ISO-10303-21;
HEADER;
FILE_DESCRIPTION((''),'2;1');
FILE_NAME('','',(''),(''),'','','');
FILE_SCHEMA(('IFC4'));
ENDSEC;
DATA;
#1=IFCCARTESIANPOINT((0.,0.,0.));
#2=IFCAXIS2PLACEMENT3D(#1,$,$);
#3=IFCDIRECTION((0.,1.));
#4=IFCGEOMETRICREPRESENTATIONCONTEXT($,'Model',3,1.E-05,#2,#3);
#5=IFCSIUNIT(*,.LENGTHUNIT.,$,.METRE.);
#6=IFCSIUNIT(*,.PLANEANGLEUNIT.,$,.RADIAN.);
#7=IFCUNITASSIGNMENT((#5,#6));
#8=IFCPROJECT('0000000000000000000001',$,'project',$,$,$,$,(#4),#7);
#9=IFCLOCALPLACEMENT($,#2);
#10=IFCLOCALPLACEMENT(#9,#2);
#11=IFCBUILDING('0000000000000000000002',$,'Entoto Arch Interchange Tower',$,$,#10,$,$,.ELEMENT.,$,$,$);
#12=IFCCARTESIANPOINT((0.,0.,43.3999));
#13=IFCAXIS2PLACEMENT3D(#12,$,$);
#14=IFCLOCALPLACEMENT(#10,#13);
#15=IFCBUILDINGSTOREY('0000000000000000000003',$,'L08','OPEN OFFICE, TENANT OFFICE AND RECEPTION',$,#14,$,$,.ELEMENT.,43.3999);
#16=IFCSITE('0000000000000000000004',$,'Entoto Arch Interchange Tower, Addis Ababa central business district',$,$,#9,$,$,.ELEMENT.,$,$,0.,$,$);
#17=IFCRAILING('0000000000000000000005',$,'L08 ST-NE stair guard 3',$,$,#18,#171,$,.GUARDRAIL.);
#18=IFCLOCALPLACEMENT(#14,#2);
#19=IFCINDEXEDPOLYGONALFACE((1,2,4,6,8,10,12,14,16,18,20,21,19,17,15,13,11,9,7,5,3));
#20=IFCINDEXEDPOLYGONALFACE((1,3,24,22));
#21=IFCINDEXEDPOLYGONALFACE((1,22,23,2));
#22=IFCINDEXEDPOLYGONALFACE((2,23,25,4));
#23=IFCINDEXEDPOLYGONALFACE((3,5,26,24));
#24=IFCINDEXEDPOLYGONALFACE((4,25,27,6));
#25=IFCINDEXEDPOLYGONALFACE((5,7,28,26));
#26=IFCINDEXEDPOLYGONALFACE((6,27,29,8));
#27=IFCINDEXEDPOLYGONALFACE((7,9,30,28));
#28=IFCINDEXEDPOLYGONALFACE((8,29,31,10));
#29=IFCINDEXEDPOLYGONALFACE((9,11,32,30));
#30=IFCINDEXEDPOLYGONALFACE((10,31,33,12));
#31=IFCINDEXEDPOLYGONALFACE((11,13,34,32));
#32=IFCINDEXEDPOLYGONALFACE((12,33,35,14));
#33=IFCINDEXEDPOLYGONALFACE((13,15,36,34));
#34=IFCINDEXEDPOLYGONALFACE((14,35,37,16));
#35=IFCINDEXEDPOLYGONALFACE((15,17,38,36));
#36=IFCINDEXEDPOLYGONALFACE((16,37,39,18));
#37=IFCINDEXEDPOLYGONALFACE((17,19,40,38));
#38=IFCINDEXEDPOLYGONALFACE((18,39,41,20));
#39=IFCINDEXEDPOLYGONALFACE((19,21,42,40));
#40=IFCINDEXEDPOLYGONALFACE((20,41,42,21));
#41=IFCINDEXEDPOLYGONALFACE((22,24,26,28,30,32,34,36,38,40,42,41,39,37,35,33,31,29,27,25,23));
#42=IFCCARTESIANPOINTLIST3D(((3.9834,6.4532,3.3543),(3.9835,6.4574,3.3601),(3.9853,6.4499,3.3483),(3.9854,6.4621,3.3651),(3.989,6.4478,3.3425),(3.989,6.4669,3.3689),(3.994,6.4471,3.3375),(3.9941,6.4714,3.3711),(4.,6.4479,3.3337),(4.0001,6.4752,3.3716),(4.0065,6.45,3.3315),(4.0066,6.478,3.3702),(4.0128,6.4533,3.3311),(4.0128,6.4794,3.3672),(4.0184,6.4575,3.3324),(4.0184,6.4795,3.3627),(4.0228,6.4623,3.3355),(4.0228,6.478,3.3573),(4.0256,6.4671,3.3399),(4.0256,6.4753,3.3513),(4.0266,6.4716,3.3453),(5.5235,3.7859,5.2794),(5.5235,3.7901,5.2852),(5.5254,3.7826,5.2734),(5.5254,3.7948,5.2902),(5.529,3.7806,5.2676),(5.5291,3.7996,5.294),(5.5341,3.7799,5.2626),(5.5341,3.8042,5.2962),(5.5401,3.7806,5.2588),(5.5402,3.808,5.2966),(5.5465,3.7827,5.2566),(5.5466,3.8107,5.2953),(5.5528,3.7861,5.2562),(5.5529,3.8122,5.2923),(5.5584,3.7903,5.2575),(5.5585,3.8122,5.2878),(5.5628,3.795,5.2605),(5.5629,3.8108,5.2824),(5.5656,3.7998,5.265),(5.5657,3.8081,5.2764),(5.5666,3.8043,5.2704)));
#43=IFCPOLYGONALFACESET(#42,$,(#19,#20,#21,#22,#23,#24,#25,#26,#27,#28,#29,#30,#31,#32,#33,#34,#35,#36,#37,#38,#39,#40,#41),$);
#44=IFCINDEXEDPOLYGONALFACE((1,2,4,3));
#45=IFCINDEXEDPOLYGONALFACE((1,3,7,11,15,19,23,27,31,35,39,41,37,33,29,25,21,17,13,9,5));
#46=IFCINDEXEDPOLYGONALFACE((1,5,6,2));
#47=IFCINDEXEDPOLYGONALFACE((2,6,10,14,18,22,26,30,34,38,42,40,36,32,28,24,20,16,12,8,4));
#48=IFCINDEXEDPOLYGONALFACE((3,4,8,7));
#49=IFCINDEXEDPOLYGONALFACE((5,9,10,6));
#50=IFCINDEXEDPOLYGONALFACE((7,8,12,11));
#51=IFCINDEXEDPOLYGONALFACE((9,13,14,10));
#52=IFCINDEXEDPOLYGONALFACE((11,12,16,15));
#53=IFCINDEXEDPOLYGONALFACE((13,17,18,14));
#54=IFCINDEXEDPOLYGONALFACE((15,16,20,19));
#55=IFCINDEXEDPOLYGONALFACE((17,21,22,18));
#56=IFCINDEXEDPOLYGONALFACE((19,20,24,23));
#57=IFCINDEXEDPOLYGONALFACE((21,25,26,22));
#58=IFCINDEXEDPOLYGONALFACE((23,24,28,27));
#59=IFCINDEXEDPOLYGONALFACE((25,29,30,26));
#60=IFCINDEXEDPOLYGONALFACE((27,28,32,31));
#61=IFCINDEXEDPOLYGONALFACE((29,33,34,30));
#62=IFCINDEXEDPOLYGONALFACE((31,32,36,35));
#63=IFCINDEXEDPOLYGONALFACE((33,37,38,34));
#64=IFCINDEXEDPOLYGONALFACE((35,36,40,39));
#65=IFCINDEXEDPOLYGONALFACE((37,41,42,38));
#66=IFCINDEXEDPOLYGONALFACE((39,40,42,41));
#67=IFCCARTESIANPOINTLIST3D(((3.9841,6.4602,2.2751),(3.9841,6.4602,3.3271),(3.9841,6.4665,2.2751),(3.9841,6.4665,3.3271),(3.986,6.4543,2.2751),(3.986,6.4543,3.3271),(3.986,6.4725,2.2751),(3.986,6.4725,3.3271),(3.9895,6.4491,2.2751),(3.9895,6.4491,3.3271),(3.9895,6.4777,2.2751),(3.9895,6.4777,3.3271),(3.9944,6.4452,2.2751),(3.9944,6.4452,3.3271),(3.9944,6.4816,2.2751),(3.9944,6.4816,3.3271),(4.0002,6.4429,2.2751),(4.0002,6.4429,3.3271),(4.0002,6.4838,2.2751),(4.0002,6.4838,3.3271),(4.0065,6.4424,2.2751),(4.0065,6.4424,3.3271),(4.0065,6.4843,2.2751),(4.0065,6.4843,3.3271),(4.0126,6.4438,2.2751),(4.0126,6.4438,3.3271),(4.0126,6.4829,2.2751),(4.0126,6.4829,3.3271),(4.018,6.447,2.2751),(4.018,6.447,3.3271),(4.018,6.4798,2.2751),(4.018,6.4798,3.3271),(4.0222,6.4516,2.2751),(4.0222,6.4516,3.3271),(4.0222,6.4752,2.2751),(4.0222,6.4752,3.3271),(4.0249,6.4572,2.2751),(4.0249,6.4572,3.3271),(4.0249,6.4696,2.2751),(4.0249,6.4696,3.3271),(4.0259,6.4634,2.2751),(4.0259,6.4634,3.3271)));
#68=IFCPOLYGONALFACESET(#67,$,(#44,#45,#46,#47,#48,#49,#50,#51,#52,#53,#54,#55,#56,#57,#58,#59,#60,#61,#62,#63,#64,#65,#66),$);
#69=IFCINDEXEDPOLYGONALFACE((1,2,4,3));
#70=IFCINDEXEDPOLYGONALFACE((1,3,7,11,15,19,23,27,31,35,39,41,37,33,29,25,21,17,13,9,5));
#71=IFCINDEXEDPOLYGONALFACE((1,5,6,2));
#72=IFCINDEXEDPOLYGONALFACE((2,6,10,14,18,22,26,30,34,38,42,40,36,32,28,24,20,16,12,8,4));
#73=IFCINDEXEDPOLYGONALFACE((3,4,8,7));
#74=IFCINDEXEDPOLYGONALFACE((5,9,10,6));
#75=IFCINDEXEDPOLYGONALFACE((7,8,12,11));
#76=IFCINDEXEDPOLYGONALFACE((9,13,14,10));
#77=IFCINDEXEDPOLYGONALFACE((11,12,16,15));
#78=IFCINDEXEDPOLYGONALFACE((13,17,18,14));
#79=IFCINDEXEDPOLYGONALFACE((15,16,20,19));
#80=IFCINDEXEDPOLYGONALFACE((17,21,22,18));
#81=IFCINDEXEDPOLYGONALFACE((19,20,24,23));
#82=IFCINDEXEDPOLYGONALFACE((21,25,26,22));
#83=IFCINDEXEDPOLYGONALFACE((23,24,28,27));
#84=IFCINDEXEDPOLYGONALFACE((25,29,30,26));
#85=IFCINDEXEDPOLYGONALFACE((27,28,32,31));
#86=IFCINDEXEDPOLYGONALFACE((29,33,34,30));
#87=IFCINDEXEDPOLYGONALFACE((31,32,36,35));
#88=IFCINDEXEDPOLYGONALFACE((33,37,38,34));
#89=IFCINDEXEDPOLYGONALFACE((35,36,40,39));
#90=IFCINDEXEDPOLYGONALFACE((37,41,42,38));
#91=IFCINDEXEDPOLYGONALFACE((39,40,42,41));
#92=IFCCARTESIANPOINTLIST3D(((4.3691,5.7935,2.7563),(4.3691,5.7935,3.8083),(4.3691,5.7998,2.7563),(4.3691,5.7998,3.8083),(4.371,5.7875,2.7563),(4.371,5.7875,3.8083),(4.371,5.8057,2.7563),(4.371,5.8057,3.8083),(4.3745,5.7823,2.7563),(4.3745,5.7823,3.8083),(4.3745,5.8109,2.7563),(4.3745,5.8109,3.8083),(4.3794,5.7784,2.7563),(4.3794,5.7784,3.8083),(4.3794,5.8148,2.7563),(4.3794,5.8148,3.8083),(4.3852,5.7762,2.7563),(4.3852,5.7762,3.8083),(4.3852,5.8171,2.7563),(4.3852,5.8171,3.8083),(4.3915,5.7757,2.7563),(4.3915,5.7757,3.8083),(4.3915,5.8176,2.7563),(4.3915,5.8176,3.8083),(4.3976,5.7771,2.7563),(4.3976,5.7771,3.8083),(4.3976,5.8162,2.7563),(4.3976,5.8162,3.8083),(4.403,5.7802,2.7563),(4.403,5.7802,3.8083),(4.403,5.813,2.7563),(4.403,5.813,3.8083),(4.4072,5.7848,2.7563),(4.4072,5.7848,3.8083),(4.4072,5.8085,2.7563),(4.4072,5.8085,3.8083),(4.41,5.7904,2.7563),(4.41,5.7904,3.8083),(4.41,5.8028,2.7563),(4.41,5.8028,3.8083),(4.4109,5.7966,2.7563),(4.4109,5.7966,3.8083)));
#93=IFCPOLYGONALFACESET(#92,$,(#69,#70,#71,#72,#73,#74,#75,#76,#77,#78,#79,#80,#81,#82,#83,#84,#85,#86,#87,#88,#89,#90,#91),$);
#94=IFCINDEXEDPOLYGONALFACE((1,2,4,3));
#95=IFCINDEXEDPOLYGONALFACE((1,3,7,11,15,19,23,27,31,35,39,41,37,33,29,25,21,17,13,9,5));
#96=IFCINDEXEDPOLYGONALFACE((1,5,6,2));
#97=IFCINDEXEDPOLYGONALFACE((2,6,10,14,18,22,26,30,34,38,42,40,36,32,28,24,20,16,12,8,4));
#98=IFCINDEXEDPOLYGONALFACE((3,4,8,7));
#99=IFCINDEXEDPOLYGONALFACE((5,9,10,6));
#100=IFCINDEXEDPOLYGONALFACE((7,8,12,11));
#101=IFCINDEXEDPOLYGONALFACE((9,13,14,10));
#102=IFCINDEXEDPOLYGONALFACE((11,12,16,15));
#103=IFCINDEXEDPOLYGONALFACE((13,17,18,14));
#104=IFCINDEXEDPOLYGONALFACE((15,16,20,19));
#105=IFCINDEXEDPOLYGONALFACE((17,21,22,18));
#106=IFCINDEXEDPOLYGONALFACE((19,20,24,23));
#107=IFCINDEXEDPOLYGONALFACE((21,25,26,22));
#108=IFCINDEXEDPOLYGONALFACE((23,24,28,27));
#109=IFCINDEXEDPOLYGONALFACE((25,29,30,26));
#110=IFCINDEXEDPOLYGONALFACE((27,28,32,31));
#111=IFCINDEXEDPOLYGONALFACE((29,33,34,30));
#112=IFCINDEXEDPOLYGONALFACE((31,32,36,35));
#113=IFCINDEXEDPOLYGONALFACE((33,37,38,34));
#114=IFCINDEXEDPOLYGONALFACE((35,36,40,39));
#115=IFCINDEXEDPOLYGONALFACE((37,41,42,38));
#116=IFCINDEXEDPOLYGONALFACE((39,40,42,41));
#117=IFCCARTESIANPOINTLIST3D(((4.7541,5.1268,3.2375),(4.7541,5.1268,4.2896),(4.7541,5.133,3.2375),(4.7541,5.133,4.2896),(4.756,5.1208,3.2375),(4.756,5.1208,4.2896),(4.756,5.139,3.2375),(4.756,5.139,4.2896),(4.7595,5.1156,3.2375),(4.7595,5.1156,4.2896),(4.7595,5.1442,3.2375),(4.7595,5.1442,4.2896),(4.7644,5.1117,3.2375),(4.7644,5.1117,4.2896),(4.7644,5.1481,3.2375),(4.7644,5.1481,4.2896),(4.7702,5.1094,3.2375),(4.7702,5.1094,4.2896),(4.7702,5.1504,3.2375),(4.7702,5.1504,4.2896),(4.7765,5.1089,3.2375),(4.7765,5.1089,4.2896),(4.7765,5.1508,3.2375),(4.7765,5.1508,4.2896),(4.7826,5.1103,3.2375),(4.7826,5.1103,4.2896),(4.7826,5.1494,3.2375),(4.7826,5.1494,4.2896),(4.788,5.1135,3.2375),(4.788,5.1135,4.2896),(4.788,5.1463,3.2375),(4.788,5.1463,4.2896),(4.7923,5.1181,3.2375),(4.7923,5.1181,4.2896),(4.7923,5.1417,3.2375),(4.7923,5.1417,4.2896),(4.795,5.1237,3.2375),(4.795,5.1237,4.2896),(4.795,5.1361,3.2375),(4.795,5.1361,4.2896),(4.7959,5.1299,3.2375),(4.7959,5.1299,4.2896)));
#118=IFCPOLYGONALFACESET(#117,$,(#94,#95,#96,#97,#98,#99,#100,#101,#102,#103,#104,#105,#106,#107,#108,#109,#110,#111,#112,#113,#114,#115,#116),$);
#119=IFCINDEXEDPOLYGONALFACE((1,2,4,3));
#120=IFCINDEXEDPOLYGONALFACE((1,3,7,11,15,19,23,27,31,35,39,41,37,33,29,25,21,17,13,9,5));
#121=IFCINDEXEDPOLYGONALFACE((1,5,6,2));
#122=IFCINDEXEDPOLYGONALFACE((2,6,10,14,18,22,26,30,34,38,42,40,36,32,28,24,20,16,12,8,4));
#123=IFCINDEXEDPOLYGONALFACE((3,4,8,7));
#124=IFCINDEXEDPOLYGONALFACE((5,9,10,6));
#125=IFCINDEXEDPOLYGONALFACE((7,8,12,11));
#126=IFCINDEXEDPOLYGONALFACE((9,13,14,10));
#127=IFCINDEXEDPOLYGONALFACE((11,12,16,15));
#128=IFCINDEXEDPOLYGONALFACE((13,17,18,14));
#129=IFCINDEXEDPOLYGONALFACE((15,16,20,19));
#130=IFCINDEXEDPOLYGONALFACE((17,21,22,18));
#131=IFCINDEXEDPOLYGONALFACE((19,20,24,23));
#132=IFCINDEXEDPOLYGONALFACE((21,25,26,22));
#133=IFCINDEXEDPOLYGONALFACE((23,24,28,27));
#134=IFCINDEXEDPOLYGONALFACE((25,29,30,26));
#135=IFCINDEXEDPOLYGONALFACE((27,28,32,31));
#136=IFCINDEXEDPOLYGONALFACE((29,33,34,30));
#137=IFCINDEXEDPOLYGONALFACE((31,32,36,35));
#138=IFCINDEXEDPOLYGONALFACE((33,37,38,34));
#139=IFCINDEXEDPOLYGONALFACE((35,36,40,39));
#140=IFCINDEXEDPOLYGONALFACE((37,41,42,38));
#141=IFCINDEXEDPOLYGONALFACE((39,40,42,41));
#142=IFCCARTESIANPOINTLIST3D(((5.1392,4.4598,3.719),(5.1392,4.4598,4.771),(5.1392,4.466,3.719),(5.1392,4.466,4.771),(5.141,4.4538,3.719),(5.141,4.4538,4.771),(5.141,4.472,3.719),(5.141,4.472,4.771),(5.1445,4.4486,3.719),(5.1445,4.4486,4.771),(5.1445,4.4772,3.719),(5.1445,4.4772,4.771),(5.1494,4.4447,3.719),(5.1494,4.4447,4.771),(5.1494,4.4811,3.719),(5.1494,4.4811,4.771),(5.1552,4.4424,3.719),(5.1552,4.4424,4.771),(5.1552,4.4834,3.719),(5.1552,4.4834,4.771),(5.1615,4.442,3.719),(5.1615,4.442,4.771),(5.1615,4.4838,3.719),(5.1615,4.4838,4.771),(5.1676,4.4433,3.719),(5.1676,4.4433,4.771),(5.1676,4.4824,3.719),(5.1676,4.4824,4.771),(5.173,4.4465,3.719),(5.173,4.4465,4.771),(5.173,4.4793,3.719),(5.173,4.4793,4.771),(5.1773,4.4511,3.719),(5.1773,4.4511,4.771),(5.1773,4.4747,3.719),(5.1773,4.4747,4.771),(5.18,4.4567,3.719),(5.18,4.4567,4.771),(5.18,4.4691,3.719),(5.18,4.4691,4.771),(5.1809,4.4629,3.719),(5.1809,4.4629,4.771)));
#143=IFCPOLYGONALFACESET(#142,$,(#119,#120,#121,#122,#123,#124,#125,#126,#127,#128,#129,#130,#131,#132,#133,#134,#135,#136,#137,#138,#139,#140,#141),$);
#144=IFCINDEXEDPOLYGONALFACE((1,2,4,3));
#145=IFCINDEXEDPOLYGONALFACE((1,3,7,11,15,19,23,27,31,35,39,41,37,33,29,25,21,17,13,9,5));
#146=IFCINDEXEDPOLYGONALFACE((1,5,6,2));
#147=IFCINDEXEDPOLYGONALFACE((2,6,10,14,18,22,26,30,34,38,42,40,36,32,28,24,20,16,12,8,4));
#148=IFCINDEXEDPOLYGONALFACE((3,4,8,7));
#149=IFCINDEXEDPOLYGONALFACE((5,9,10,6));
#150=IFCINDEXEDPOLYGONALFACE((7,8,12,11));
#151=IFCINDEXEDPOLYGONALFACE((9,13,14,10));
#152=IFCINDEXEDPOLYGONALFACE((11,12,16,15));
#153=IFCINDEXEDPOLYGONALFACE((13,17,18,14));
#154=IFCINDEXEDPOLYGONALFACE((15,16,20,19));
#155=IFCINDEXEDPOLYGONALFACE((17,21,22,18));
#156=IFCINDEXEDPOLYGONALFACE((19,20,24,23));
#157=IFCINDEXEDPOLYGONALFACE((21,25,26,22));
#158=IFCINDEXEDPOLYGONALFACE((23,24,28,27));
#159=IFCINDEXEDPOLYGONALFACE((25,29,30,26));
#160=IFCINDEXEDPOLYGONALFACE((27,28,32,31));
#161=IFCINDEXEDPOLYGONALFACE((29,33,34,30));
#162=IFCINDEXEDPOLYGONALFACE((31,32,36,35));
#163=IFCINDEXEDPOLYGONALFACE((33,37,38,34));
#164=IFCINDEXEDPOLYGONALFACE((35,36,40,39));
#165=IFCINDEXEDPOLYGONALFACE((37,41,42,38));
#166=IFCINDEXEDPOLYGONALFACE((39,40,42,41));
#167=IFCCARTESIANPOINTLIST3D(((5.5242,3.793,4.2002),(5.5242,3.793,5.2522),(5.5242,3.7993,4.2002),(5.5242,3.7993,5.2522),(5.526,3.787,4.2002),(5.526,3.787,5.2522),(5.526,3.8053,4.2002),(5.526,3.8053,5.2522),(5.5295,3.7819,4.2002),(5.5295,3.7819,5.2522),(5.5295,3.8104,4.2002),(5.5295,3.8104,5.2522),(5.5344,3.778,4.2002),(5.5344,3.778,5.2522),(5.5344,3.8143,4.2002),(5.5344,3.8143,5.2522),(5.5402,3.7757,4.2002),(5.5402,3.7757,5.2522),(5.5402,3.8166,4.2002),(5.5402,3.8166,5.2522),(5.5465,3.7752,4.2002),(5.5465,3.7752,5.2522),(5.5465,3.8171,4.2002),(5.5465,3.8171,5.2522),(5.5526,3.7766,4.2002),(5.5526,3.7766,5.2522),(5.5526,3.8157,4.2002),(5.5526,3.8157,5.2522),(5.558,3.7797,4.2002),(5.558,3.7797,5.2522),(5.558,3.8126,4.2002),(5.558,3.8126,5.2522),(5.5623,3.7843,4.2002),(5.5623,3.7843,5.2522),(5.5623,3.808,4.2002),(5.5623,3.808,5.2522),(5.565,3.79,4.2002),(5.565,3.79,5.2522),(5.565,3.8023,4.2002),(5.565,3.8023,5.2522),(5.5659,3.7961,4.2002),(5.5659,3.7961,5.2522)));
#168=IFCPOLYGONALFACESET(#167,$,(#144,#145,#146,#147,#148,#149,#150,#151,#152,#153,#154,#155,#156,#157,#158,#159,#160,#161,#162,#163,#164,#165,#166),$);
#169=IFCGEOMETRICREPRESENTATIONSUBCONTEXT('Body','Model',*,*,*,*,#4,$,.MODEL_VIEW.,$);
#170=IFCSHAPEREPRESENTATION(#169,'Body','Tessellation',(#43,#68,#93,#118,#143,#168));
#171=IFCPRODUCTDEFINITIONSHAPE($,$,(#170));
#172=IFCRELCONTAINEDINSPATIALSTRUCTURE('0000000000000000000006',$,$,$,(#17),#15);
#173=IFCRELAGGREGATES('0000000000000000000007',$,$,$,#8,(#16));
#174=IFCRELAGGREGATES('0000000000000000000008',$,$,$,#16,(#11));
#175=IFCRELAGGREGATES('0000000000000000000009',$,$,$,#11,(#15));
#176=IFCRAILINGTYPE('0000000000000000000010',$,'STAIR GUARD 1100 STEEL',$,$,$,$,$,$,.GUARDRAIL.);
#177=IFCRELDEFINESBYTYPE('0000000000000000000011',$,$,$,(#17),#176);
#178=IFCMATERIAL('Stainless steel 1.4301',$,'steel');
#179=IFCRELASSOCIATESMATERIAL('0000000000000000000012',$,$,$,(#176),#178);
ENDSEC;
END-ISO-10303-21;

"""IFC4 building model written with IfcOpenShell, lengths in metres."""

from ifc_helpers import new_model, si_unit, direction, frame, origin, origin_2d, place, context, subcontext, project, spatial, circle, extrude, material, type_object, element, save


model = new_model("IFC4")

# Units and contexts
model_context = context("Model", 3, precision=1e-05, world=origin(), true_north=direction((0.0, 1.0)))
body_context = subcontext(model_context, "Body", "Model", "MODEL_VIEW")
ifc_project = project(units=[si_unit("LENGTHUNIT", "METRE"), si_unit("PLANEANGLEUNIT", "RADIAN")], contexts=[model_context])

# Site, building, storey
site_placement = place(None, origin())
site = spatial("IfcSite", under=ifc_project, at=site_placement, Name="Entoto Arch Interchange Tower, Addis Ababa central business district", CompositionType="ELEMENT", RefElevation=0.0)
building_placement = place(site_placement, origin())
building = spatial("IfcBuilding", under=site, at=building_placement, Name="Entoto Arch Interchange Tower", CompositionType="ELEMENT")
storey_placement = place(building_placement, frame((0.0, 0.0, 43.3999)))
storey = spatial("IfcBuildingStorey", under=building, at=storey_placement, Name="L08", Description="OPEN OFFICE, TENANT OFFICE AND RECEPTION", CompositionType="ELEMENT", Elevation=43.3999)

# Railing
ifc_material_1 = material(Name="Stainless steel 1.4301", Category="steel")
railing_type_1 = type_object("IfcRailingType", Name="STAIR GUARD 1100 STEEL", PredefinedType="GUARDRAIL", material=ifc_material_1)
railing_1_placement = place(storey_placement, frame((4.0049, 6.4634, 2.2751)))
element("IfcRailing", 1, at=railing_1_placement, inside=storey, type_object=railing_type_1, Name="L08 ST-NE stair guard 3", PredefinedType="GUARDRAIL", context=body_context, shape_type="SweptSolid", body=[
    extrude(circle(Radius=0.0239, at=origin_2d()), frame((0.0, 0.0, 1.0762), z_axis=(0.424015, -0.734364, 0.530019), x_axis=(0.86601, 0.500027, 0.0)), (0.0, 0.0, 1.0), 3.6321),
    extrude(circle(Radius=0.021, at=origin_2d()), origin(), (0.0, 0.0, 1.0), 1.052),
    extrude(circle(Radius=0.021, at=origin_2d()), frame((0.385, -0.6667, 0.4812)), (0.0, 0.0, 1.0), 1.052),
    extrude(circle(Radius=0.021, at=origin_2d()), frame((0.77, -1.3335, 0.9624)), (0.0, 0.0, 1.0), 1.052),
    extrude(circle(Radius=0.021, at=origin_2d()), frame((1.155, -2.0005, 1.4438)), (0.0, 0.0, 1.0), 1.052),
    extrude(circle(Radius=0.021, at=origin_2d()), frame((1.54, -2.6672, 1.925)), (0.0, 0.0, 1.0), 1.052),
])

save(model, "model.ifc")
